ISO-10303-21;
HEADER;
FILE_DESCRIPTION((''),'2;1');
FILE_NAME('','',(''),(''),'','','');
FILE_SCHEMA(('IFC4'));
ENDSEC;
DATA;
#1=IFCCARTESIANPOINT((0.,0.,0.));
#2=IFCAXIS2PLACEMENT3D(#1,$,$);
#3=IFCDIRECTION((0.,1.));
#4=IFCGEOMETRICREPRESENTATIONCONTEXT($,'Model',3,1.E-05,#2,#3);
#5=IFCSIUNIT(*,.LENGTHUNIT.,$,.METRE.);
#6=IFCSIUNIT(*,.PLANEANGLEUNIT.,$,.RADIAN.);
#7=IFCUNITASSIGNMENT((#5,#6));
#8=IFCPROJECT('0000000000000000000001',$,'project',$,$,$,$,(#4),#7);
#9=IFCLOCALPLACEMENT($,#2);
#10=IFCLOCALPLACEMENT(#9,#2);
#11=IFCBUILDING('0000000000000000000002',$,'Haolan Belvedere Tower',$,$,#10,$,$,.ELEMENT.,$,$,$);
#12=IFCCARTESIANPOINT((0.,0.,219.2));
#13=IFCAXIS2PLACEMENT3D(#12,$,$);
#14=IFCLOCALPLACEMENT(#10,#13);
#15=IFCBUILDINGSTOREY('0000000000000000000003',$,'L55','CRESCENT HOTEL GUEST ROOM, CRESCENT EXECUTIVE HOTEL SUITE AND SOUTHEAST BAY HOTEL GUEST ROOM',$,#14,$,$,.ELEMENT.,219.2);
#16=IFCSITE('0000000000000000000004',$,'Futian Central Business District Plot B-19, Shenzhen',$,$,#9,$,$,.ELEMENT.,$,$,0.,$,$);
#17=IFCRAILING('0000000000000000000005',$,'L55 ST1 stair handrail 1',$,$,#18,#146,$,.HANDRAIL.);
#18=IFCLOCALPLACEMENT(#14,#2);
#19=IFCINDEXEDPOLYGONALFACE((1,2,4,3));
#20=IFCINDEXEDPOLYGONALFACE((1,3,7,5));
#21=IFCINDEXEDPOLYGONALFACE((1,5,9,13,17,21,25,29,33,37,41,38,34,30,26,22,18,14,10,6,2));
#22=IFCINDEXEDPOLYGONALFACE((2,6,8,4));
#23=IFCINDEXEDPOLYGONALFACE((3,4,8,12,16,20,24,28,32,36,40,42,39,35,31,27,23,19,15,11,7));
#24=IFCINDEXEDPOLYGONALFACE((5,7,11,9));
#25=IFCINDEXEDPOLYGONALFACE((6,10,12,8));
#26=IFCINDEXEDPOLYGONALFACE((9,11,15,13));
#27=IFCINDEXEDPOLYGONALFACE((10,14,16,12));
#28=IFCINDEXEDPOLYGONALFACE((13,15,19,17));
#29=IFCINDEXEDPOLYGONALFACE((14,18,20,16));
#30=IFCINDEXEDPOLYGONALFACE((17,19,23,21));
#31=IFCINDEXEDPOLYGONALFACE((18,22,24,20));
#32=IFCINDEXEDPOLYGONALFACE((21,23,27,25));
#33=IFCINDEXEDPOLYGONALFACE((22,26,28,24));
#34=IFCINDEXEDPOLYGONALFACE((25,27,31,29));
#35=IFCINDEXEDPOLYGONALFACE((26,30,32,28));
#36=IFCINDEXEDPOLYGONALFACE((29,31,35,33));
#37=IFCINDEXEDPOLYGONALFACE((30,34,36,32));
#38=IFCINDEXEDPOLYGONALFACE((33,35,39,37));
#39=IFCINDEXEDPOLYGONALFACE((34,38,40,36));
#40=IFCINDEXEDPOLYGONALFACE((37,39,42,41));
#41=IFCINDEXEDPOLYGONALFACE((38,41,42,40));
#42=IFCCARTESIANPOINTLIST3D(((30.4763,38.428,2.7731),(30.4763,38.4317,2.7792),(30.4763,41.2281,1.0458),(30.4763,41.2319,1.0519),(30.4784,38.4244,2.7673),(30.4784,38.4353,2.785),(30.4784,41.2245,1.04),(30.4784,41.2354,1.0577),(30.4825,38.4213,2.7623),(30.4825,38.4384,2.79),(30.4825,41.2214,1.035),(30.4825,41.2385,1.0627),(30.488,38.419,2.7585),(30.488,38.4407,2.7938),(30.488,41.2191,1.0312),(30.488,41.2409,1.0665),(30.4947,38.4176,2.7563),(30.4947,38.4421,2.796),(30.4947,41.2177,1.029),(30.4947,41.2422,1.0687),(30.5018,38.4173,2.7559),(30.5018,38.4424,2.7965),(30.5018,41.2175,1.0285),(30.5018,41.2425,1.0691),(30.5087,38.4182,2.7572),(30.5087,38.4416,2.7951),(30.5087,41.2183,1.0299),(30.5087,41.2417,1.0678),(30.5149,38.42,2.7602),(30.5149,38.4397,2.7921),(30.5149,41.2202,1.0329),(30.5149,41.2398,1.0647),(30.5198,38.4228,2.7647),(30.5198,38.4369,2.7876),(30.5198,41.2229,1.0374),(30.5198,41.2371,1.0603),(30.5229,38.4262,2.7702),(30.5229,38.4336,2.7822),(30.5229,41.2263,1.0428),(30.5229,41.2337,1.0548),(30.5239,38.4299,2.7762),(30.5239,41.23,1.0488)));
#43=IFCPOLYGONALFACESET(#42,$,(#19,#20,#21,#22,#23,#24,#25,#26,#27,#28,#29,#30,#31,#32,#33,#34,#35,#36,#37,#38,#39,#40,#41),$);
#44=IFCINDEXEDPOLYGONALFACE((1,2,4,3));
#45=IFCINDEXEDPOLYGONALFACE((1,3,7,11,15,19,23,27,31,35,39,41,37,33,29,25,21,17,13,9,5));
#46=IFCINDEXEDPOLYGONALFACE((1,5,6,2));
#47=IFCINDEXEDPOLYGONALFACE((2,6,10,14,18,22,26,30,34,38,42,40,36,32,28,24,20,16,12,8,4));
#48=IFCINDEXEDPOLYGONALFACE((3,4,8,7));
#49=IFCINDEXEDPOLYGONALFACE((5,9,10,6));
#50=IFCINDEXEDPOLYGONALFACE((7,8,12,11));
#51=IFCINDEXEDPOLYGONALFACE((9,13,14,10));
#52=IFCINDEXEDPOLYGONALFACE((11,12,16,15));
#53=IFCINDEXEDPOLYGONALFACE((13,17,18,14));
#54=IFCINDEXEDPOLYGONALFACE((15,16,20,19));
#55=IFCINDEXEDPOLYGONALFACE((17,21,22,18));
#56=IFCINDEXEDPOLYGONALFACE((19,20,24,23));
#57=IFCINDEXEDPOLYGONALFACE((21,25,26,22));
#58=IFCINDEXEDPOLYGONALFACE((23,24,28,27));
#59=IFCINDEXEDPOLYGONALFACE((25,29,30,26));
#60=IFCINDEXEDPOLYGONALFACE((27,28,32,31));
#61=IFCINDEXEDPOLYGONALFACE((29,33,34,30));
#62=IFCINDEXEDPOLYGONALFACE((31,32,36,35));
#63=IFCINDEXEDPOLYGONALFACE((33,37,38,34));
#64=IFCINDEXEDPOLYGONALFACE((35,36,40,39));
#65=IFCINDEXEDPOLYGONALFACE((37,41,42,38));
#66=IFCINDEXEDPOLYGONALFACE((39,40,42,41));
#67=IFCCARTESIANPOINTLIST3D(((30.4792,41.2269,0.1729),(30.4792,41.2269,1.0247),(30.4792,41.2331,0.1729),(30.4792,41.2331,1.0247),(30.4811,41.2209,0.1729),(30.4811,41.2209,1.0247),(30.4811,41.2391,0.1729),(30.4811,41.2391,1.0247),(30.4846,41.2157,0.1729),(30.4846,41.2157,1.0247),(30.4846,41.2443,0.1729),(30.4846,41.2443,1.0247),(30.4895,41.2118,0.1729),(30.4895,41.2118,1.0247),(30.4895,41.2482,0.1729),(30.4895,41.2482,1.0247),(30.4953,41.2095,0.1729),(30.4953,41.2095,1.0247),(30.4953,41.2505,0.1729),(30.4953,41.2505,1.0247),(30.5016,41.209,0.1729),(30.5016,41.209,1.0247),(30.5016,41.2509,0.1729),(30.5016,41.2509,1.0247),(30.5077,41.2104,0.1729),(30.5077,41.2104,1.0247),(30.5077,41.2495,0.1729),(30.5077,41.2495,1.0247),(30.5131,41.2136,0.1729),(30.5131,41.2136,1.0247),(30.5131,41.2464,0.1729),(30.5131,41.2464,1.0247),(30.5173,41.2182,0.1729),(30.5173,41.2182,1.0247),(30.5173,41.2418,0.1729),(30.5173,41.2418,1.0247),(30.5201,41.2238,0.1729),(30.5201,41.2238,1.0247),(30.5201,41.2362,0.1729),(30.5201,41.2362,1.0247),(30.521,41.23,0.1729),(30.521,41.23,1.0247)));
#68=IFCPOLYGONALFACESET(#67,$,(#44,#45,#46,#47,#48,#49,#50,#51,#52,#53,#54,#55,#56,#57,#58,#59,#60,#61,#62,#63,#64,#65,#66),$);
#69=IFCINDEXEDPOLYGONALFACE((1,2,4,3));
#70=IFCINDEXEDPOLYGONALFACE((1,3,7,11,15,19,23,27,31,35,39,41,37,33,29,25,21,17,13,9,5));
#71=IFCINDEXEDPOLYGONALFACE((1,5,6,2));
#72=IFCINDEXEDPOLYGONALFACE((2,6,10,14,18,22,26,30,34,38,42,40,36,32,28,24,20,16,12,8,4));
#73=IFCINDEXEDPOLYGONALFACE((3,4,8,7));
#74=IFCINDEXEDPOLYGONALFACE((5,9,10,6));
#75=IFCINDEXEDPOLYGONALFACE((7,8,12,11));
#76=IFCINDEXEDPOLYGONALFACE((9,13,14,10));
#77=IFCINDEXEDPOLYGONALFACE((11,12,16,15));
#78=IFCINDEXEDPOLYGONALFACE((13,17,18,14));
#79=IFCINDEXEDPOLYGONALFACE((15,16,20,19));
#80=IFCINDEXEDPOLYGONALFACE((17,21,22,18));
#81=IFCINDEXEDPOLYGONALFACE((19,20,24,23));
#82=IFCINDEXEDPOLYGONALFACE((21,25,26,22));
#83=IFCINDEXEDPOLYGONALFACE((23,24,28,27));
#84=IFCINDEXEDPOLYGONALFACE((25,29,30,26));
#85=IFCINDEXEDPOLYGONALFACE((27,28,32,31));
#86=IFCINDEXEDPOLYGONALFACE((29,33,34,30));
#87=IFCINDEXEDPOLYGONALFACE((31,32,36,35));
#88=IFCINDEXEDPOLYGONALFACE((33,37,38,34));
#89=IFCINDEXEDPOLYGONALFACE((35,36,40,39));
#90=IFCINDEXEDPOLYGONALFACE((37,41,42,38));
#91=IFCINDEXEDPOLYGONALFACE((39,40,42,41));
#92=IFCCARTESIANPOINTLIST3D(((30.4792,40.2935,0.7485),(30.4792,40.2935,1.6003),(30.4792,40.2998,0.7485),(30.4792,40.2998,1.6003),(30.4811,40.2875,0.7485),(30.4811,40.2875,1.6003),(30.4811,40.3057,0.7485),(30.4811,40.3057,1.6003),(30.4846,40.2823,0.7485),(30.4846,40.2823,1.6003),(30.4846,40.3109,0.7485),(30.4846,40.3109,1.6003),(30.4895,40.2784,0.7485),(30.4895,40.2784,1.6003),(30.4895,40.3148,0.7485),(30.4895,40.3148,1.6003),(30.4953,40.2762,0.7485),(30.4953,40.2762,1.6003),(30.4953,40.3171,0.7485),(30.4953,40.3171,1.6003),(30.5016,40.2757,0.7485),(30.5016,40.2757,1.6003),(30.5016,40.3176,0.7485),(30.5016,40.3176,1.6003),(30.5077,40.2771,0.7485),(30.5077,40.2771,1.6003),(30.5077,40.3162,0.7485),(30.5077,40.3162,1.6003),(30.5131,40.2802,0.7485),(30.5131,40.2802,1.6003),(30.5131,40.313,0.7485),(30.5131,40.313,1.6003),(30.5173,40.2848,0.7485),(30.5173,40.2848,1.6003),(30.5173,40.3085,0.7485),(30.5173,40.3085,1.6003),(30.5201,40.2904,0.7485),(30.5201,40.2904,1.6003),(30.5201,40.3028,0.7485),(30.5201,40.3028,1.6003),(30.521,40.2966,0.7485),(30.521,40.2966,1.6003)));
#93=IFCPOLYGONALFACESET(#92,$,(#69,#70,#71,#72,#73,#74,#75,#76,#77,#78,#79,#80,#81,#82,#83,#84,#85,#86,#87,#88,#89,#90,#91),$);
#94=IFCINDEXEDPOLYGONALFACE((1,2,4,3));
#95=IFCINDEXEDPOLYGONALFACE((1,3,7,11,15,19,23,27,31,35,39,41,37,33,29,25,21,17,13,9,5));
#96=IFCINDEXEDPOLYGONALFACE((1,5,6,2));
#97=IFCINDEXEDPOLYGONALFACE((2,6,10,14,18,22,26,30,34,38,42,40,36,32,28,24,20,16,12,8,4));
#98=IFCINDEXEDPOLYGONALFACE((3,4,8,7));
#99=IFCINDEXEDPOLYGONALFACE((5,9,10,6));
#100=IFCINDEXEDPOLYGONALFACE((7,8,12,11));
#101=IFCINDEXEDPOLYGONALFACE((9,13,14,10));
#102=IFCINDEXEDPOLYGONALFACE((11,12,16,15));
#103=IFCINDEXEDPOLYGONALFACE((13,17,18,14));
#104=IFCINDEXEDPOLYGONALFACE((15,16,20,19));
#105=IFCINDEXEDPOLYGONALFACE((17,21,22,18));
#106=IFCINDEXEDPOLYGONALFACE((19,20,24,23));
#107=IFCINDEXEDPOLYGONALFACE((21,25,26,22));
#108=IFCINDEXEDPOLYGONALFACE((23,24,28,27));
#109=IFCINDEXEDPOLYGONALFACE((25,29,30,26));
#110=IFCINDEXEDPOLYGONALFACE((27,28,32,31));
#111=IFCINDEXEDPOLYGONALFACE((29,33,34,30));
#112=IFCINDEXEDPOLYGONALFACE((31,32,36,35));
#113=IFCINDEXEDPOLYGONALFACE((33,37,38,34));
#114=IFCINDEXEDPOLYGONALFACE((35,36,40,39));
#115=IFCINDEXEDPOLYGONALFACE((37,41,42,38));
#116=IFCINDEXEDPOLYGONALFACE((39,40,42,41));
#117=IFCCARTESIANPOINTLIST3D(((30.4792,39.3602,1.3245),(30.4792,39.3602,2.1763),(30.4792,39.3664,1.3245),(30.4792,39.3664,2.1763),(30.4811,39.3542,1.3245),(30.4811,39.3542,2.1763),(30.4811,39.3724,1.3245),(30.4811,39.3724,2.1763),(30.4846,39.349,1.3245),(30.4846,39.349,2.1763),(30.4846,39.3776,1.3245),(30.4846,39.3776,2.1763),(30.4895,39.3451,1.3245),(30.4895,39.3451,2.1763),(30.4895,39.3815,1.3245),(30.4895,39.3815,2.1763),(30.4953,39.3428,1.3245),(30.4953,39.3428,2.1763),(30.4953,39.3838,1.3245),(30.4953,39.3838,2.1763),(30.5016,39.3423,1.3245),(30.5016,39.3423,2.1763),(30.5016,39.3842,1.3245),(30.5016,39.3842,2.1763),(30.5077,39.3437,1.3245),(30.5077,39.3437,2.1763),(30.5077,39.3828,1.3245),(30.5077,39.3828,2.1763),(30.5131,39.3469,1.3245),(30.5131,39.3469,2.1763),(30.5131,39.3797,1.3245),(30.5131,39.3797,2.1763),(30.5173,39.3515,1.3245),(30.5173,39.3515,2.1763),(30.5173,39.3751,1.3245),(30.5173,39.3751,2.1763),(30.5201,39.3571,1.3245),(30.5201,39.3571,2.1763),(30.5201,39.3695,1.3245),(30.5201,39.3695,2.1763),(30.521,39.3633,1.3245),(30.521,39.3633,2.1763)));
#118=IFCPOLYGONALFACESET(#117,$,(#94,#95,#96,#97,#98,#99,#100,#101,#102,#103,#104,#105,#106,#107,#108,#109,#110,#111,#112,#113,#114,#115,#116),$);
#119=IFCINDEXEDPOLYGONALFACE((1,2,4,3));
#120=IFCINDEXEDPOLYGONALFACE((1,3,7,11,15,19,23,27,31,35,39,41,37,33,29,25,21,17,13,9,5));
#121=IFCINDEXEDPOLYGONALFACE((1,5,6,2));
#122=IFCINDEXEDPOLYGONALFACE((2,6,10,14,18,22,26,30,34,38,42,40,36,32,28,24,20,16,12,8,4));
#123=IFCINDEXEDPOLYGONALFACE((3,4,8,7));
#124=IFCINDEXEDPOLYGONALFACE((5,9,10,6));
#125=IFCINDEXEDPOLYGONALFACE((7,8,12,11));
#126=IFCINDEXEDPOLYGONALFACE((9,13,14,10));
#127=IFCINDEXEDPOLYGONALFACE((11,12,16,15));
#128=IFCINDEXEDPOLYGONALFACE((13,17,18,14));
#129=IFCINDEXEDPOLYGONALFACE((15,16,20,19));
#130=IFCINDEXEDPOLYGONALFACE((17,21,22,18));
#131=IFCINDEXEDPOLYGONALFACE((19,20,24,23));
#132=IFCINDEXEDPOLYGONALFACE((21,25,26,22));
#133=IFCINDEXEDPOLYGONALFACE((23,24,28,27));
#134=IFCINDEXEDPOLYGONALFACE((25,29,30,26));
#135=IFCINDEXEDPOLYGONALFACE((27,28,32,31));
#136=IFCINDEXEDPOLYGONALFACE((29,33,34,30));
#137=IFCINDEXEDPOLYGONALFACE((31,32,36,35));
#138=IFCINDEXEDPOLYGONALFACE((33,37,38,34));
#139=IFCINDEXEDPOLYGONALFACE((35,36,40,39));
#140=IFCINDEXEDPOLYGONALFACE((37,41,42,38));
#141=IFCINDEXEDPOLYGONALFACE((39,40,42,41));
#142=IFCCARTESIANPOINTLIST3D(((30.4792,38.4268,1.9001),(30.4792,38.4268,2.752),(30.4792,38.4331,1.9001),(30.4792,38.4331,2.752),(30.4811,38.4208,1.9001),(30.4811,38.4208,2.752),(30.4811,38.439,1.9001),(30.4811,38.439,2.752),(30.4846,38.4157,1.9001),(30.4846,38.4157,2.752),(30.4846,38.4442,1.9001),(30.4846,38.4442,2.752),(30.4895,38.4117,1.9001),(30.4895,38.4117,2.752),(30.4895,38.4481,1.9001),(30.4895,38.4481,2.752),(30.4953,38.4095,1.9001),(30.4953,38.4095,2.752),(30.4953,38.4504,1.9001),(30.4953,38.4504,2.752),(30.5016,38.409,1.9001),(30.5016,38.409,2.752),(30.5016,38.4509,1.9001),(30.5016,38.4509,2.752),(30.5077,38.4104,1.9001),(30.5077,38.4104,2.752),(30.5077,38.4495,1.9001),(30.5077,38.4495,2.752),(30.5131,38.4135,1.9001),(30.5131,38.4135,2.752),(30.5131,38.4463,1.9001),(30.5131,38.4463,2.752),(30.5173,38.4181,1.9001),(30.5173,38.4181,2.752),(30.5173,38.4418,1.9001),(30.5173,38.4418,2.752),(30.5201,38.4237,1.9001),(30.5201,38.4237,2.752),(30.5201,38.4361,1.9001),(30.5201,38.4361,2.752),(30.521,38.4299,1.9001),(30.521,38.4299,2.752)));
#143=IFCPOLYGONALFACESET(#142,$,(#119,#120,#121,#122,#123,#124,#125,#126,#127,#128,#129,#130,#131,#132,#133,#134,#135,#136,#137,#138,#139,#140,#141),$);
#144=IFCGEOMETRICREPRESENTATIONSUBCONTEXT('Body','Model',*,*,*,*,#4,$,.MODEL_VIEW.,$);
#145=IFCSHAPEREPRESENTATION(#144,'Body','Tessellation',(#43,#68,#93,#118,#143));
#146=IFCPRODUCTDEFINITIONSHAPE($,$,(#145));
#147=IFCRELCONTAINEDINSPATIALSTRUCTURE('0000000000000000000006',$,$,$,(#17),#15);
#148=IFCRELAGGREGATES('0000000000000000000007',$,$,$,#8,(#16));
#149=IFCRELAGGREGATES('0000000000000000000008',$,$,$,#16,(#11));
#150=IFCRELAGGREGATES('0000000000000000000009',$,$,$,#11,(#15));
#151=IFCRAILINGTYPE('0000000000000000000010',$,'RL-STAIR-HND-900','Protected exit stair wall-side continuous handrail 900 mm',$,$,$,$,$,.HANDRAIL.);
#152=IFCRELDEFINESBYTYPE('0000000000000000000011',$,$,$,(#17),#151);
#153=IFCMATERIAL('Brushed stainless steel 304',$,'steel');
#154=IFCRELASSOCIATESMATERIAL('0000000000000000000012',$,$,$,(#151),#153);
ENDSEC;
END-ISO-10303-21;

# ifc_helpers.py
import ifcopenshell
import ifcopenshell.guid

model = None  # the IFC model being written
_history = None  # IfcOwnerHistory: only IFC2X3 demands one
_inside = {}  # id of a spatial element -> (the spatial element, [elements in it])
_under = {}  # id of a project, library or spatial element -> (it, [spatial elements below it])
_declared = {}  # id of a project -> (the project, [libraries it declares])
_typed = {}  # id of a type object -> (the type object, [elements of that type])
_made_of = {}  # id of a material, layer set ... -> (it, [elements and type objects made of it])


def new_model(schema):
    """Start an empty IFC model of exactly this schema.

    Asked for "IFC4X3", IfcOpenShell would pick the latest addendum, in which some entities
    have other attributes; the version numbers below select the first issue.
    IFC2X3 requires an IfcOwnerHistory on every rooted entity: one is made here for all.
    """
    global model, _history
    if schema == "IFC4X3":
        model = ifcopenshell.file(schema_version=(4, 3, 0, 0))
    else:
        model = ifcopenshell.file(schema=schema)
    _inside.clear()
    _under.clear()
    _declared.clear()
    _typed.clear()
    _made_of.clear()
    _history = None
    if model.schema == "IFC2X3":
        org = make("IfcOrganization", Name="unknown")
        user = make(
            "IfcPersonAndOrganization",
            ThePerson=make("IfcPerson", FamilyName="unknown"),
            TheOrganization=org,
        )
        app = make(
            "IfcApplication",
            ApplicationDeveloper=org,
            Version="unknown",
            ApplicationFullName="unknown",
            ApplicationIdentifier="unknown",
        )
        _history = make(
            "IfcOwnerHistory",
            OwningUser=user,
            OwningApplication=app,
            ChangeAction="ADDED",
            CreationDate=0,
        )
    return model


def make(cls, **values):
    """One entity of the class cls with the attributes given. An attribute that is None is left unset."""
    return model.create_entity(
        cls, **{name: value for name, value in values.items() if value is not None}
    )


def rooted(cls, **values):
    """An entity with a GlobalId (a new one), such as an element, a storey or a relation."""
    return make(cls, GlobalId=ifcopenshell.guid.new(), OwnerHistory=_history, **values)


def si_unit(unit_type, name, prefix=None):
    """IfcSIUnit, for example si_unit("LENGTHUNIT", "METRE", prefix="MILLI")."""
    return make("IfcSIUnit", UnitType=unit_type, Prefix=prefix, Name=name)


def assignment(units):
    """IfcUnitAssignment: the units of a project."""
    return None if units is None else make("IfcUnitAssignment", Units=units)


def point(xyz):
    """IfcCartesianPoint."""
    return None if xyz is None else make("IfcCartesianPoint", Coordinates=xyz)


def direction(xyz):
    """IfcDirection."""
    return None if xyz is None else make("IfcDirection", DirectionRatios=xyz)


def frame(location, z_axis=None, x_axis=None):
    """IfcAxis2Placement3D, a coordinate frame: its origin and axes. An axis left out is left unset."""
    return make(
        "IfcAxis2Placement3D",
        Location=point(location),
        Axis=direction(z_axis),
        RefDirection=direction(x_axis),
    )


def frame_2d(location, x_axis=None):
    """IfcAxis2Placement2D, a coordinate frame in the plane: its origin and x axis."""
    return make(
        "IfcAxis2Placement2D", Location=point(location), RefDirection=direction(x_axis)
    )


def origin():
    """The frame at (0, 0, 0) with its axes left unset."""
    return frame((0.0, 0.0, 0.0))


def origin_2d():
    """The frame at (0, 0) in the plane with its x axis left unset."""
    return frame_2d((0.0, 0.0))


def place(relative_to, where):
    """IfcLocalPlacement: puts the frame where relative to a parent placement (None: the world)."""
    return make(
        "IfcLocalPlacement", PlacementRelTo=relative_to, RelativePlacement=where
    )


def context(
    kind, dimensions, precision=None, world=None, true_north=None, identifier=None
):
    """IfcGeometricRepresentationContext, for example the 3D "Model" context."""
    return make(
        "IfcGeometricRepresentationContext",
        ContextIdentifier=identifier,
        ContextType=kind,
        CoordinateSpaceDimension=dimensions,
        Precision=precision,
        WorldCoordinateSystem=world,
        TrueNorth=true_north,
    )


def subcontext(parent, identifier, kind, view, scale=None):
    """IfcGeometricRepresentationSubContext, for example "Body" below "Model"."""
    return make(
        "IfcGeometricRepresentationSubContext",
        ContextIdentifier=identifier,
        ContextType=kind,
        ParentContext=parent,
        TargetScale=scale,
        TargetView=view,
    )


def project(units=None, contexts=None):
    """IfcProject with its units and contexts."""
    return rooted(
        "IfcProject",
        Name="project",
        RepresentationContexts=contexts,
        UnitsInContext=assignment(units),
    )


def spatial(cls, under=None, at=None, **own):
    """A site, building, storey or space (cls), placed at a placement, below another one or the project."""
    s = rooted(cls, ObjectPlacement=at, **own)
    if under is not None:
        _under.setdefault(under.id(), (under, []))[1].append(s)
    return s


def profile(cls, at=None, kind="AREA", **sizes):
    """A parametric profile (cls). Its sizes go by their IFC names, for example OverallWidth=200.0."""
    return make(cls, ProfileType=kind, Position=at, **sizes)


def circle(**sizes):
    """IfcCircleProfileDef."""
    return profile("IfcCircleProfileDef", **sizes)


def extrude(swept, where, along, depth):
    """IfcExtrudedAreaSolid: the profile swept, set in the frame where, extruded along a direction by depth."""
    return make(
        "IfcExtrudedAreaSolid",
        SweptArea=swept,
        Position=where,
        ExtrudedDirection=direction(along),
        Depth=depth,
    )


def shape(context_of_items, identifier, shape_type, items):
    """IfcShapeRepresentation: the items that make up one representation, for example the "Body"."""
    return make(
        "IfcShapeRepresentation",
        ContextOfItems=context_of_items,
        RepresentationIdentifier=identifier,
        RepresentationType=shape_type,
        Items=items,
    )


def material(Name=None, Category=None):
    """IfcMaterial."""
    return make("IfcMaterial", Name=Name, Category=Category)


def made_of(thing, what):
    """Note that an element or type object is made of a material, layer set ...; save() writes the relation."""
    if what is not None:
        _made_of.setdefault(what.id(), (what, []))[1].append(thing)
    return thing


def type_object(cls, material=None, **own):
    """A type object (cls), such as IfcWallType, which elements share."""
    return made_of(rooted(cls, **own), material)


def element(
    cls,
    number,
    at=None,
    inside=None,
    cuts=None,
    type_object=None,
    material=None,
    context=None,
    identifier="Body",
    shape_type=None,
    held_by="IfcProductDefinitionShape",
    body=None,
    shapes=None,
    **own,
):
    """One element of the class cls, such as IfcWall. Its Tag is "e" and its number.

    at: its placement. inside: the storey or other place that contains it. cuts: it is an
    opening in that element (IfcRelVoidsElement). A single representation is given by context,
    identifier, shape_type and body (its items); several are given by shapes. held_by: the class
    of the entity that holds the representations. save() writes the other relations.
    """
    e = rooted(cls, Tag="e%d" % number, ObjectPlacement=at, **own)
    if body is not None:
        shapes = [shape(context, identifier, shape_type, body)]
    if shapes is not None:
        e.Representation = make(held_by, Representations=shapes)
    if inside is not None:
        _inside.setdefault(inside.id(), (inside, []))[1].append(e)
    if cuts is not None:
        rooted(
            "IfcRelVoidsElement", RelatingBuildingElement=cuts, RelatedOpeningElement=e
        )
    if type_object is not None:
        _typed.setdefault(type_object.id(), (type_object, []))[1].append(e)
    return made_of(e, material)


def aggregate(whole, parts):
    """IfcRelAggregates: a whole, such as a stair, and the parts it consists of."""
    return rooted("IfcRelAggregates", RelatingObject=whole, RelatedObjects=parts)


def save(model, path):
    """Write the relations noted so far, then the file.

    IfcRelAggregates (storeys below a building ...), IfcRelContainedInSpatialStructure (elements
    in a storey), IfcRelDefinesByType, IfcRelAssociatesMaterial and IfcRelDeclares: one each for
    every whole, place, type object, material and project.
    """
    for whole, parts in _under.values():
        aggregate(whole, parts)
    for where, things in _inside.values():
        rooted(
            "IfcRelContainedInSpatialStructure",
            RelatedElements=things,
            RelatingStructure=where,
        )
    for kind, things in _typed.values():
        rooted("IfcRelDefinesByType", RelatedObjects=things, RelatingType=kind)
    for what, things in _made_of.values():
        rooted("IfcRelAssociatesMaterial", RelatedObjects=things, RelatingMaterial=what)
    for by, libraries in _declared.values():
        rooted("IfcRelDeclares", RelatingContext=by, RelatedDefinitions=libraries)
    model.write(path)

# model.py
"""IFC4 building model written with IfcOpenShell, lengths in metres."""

from ifc_helpers import new_model, si_unit, direction, frame, origin, origin_2d, place, context, subcontext, project, spatial, circle, extrude, material, type_object, element, save


model = new_model("IFC4")

# Units and contexts
model_context = context("Model", 3, precision=1e-05, world=origin(), true_north=direction((0.0, 1.0)))
body_context = subcontext(model_context, "Body", "Model", "MODEL_VIEW")
ifc_project = project(units=[si_unit("LENGTHUNIT", "METRE"), si_unit("PLANEANGLEUNIT", "RADIAN")], contexts=[model_context])

# Site, building, storey
site_placement = place(None, origin())
site = spatial("IfcSite", under=ifc_project, at=site_placement, Name="Futian Central Business District Plot B-19, Shenzhen", CompositionType="ELEMENT", RefElevation=0.0)
building_placement = place(site_placement, origin())
building = spatial("IfcBuilding", under=site, at=building_placement, Name="Haolan Belvedere Tower", CompositionType="ELEMENT")
storey_placement = place(building_placement, frame((0.0, 0.0, 219.2)))
storey = spatial("IfcBuildingStorey", under=building, at=storey_placement, Name="L55", Description="CRESCENT HOTEL GUEST ROOM, CRESCENT EXECUTIVE HOTEL SUITE AND SOUTHEAST BAY HOTEL GUEST ROOM", CompositionType="ELEMENT", Elevation=219.2)

# Railing
ifc_material_1 = material(Name="Brushed stainless steel 304", Category="steel")
railing_type_1 = type_object("IfcRailingType", Name="RL-STAIR-HND-900", Description="Protected exit stair wall-side continuous handrail 900 mm", PredefinedType="HANDRAIL", material=ifc_material_1)
railing_1_placement = place(storey_placement, frame((30.5, 41.23, 0.1729)))
element("IfcRailing", 1, at=railing_1_placement, inside=storey, type_object=railing_type_1, Name="L55 ST1 stair handrail 1", PredefinedType="HANDRAIL", context=body_context, shape_type="SweptSolid", body=[
    extrude(circle(Radius=0.0239, at=origin_2d()), frame((0.0, 0.0, 0.876), z_axis=(0.0, -0.85109, 0.52502), x_axis=(1.0, 0.0, 0.0)), (0.0, 0.0, 1.0), 3.29),
    extrude(circle(Radius=0.021, at=origin_2d()), origin(), (0.0, 0.0, 1.0), 0.8518),
    extrude(circle(Radius=0.021, at=origin_2d()), frame((0.0, -0.9333, 0.5757)), (0.0, 0.0, 1.0), 0.8518),
    extrude(circle(Radius=0.021, at=origin_2d()), frame((0.0, -1.8667, 1.1516)), (0.0, 0.0, 1.0), 0.8518),
    extrude(circle(Radius=0.021, at=origin_2d()), frame((0.0, -2.8, 1.7273)), (0.0, 0.0, 1.0), 0.8518),
])

save(model, "model.ifc")
